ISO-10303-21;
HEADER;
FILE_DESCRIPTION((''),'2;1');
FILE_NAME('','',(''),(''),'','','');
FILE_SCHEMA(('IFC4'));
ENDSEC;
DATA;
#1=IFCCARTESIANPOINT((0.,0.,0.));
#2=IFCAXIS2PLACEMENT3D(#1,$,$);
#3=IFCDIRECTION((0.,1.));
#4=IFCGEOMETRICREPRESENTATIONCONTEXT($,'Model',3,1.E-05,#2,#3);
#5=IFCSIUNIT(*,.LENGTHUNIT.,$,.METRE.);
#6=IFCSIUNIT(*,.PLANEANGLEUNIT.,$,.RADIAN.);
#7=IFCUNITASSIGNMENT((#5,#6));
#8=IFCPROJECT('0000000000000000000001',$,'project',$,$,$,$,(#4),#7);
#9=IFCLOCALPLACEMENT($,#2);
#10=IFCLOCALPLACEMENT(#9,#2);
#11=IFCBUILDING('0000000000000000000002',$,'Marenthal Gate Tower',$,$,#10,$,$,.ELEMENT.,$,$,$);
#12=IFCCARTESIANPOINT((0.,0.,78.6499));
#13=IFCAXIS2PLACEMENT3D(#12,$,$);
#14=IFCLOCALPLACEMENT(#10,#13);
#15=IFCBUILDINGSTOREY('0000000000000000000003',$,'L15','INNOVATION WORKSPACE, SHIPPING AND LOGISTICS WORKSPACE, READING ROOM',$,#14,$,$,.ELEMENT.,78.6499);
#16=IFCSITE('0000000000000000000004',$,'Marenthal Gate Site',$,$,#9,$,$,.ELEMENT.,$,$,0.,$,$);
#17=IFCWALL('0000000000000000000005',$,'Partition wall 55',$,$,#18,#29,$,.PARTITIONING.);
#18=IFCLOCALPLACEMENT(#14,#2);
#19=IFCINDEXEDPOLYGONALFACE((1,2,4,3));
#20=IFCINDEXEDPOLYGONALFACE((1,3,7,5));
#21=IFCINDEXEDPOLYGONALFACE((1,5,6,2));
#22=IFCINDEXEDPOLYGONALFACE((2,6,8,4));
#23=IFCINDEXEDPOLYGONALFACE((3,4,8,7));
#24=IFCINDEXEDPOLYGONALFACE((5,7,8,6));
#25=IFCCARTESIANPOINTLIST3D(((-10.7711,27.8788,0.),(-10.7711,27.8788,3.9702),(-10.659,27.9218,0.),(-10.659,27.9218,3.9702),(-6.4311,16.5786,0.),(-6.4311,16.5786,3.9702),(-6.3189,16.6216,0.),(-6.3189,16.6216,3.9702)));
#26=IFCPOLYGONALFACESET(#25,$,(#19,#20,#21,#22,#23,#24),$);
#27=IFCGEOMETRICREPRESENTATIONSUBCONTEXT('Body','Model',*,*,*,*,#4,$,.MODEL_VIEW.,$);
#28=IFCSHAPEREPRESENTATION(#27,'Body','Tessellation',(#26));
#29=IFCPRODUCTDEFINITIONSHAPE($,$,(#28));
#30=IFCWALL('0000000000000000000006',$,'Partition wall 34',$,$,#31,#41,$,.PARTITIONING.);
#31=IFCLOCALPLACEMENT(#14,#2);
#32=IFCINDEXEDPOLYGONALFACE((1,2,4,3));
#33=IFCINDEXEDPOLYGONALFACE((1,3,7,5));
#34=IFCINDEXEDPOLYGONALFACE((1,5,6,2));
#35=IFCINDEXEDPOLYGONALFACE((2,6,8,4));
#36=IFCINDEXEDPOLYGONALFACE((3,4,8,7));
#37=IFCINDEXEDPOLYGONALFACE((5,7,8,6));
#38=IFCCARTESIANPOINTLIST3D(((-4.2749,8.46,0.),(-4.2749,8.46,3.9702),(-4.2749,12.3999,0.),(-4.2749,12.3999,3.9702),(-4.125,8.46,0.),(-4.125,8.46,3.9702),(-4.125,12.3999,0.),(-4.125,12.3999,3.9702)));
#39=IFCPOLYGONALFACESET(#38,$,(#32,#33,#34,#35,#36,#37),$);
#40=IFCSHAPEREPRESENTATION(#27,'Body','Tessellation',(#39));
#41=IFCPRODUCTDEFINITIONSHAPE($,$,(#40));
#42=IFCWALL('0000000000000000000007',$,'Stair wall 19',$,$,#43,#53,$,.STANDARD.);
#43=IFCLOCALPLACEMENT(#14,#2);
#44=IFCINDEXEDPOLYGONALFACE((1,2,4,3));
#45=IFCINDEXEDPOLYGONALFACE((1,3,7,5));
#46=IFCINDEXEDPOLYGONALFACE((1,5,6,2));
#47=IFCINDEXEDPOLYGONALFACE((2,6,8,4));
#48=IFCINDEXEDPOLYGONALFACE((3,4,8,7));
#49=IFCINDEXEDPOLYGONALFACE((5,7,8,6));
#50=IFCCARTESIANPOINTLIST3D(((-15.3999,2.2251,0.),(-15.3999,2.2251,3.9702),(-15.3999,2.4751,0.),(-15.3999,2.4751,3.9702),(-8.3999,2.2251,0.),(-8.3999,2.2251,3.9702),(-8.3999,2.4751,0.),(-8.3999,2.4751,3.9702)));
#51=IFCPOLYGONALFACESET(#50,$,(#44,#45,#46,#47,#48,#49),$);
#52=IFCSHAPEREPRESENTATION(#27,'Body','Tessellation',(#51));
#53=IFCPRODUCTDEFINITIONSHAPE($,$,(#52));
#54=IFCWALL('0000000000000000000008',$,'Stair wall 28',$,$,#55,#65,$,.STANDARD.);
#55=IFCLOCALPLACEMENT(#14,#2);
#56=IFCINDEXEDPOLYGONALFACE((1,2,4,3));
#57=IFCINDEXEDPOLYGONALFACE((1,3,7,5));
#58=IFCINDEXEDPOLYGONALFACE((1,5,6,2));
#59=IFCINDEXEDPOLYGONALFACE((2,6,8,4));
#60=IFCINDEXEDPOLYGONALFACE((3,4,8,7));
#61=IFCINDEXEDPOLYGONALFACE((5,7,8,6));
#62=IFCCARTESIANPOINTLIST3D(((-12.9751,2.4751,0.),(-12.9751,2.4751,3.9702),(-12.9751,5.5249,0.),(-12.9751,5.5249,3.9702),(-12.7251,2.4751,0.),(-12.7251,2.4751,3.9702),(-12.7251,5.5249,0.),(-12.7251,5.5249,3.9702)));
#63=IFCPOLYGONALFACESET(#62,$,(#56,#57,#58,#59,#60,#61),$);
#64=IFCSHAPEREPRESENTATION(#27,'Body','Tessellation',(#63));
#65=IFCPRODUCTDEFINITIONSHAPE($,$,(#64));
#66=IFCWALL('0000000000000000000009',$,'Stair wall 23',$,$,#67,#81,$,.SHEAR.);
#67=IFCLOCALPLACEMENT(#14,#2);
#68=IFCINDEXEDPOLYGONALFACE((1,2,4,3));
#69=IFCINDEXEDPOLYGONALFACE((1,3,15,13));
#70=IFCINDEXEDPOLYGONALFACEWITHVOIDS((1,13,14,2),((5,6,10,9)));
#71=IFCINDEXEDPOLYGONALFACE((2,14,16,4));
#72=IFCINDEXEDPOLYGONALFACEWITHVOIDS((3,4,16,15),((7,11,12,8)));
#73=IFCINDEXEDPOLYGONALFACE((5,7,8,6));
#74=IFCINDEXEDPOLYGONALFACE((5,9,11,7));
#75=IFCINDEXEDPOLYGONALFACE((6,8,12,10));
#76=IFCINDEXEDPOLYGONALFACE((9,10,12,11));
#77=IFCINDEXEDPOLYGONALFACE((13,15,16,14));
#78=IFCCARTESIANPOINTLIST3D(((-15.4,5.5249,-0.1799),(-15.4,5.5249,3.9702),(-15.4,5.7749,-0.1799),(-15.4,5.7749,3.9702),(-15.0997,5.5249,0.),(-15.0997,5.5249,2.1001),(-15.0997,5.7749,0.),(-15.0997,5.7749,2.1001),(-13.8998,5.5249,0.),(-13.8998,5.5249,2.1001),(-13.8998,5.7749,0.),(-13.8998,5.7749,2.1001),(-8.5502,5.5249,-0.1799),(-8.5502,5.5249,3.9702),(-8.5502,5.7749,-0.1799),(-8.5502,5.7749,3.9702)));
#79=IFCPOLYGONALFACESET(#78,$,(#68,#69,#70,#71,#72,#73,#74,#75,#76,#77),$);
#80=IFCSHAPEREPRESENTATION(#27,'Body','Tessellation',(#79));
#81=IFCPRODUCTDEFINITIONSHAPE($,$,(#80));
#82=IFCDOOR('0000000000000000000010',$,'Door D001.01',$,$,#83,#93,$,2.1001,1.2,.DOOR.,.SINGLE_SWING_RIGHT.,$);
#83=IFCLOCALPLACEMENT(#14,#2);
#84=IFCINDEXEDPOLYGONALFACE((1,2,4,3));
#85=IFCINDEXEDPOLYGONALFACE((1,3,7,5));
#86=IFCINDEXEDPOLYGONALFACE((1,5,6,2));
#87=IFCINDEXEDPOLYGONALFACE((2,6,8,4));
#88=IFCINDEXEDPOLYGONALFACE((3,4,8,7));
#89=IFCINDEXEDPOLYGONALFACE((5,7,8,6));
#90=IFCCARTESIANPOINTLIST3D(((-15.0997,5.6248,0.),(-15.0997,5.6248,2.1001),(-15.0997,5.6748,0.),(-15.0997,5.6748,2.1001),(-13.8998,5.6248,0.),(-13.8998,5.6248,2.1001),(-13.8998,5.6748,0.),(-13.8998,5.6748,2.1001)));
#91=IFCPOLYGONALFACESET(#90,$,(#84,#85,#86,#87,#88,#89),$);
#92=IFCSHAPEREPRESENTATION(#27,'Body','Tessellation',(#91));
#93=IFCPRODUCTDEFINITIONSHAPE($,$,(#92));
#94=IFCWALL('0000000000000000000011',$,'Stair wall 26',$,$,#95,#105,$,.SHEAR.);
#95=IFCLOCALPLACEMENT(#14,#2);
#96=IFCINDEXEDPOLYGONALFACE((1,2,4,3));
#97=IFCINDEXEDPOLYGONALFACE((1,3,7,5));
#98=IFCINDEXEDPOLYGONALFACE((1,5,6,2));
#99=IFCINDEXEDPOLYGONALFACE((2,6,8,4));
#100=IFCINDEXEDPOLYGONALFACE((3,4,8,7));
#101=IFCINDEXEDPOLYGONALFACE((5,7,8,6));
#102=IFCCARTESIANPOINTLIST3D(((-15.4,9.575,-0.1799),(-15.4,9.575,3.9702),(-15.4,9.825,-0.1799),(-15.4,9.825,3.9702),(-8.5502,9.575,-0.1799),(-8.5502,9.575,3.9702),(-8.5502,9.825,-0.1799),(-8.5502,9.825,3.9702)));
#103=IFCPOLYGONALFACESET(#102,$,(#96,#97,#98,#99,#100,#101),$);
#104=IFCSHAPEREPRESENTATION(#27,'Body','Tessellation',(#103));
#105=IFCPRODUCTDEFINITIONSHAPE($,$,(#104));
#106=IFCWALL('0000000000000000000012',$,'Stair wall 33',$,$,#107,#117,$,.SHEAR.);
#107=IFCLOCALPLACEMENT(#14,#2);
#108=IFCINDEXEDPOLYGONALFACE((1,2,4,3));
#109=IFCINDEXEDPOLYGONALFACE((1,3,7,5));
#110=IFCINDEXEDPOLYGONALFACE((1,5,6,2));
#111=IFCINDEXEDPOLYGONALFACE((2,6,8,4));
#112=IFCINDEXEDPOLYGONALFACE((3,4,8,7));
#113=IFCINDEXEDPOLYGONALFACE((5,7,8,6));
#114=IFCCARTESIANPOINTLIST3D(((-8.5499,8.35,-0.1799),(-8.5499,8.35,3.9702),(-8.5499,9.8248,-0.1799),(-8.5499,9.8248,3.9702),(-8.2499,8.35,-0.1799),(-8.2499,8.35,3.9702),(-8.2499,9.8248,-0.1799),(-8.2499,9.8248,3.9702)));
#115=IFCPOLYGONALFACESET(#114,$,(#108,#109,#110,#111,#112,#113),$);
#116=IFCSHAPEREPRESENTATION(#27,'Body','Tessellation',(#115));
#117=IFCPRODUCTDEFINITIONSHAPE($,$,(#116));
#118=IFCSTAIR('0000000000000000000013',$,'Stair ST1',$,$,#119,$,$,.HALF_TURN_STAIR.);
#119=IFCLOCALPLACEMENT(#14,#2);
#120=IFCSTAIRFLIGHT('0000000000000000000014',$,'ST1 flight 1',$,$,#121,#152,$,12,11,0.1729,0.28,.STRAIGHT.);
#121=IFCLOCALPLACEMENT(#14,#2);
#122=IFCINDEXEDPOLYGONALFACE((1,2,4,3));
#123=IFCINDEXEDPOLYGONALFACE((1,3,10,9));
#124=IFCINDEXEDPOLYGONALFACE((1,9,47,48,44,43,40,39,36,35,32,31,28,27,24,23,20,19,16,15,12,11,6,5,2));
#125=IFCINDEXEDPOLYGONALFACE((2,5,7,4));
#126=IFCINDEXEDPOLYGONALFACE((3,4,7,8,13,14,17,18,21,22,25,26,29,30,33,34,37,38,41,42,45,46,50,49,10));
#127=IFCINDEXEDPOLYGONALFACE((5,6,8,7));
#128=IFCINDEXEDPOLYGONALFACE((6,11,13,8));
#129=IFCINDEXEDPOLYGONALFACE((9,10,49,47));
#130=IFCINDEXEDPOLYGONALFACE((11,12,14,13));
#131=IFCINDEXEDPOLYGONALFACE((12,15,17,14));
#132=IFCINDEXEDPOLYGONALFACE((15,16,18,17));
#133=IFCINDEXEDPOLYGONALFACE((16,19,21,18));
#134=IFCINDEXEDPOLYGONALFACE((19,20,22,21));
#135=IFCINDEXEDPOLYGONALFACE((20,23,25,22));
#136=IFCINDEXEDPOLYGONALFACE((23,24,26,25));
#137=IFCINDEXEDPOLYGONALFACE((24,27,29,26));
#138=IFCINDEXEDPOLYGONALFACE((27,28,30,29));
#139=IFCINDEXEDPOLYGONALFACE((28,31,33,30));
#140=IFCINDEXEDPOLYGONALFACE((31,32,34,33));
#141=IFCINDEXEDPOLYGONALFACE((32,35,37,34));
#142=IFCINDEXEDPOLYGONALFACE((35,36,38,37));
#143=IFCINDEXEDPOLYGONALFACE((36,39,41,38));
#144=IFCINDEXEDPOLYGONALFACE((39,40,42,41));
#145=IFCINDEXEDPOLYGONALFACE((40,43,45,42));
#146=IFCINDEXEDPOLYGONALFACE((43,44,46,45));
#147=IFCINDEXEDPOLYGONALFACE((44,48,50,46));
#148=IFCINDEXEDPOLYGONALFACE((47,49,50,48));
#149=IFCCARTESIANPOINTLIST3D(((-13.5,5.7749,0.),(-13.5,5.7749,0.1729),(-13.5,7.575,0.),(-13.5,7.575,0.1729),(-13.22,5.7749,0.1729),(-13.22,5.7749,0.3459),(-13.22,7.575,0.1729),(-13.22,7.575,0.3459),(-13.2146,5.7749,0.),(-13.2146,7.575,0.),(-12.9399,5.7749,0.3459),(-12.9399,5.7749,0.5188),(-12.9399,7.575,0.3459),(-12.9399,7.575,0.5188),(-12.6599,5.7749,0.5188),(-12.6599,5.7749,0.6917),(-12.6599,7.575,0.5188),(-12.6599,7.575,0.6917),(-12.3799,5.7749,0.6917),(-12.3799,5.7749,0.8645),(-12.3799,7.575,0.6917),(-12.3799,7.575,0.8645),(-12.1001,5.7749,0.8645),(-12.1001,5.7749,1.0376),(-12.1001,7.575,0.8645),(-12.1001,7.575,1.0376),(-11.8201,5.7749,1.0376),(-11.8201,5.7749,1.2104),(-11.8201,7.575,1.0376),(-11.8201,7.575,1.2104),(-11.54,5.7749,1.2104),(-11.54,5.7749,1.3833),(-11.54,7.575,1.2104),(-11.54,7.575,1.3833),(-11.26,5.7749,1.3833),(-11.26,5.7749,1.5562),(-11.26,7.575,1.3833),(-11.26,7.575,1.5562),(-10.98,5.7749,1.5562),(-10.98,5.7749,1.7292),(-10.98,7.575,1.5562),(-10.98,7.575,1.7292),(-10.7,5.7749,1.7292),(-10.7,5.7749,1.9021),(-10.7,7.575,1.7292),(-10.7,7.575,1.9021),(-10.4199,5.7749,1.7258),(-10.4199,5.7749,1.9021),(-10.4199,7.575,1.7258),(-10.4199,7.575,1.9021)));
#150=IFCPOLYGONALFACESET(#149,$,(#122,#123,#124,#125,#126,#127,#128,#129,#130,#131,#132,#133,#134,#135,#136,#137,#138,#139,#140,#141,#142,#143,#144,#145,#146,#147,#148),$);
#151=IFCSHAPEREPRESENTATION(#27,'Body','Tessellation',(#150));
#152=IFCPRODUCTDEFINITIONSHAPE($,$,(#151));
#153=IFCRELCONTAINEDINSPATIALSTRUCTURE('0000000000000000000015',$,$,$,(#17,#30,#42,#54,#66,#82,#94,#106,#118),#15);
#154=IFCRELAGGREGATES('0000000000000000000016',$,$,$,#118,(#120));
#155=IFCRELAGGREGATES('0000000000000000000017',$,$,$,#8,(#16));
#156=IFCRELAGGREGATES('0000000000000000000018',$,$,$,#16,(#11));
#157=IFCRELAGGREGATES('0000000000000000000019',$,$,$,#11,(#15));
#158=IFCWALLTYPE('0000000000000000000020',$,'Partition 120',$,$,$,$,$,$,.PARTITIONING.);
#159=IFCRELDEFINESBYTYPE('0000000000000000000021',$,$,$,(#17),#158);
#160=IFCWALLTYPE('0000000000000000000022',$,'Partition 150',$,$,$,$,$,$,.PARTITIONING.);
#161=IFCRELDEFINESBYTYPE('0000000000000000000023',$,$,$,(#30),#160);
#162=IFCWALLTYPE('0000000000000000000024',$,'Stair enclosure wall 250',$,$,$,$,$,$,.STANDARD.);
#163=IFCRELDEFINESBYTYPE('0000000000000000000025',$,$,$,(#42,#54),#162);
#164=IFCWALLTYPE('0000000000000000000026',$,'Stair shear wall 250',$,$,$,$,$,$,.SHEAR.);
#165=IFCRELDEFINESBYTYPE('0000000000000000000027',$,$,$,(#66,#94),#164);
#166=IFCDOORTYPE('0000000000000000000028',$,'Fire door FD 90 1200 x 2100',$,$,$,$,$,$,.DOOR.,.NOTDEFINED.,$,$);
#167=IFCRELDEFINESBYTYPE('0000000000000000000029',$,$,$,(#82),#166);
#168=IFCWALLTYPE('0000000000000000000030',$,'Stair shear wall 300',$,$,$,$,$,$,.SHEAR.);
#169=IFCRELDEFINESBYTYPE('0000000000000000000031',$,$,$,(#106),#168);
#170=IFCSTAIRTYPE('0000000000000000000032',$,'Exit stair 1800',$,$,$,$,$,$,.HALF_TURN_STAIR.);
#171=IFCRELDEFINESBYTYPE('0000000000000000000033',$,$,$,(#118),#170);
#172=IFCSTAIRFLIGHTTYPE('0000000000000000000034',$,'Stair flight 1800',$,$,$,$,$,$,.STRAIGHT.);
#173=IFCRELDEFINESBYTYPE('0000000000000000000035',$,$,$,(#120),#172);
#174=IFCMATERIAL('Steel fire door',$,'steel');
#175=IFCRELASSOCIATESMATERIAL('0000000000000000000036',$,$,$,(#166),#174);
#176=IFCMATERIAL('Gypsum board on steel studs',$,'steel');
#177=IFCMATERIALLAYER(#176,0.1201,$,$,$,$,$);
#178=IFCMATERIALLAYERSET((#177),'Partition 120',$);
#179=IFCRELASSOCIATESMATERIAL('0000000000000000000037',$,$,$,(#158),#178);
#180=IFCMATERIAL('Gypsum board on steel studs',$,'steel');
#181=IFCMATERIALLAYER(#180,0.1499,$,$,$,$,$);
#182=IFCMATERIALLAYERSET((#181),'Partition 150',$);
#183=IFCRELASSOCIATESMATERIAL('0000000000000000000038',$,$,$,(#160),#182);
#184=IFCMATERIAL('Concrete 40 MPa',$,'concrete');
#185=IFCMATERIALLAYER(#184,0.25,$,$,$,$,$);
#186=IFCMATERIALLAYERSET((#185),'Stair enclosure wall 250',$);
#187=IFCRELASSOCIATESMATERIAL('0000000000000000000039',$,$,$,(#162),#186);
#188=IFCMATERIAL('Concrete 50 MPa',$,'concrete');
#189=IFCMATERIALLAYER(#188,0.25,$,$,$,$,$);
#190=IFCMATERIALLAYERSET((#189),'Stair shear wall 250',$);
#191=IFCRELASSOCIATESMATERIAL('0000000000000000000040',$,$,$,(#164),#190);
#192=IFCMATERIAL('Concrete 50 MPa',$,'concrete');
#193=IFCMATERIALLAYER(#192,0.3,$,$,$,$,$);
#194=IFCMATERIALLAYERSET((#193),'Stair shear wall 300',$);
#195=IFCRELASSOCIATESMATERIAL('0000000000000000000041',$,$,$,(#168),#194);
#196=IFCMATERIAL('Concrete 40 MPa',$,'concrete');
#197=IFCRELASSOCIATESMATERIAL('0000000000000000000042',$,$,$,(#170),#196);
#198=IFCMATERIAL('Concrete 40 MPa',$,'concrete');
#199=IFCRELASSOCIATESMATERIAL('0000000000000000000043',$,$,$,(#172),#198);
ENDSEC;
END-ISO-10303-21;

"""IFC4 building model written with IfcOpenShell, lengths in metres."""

from ifc_helpers import new_model, si_unit, direction, frame, frame_2d, origin, place, context, subcontext, project, spatial, polyline, rectangle, outline, extrude, material, layer, layer_set, type_object, element, fill, aggregate, save


model = new_model("IFC4")

# Units and contexts
model_context = context("Model", 3, precision=1e-05, world=origin(), true_north=direction((0.0, 1.0)))
body_context = subcontext(model_context, "Body", "Model", "MODEL_VIEW")
ifc_project = project(units=[si_unit("LENGTHUNIT", "METRE"), si_unit("PLANEANGLEUNIT", "RADIAN")], contexts=[model_context])

# Site, building, storey
site_placement = place(None, origin())
site = spatial("IfcSite", under=ifc_project, at=site_placement, Name="Marenthal Gate Site", CompositionType="ELEMENT", RefElevation=0.0)
building_placement = place(site_placement, origin())
building = spatial("IfcBuilding", under=site, at=building_placement, Name="Marenthal Gate Tower", CompositionType="ELEMENT")
storey_placement = place(building_placement, frame((0.0, 0.0, 78.6499)))
storey = spatial("IfcBuildingStorey", under=building, at=storey_placement, Name="L15", Description="INNOVATION WORKSPACE, SHIPPING AND LOGISTICS WORKSPACE, READING ROOM", CompositionType="ELEMENT", Elevation=78.6499)

# Shared definitions
ifc_material_1 = material(Name="Steel fire door", Category="steel")
door_type_1 = type_object("IfcDoorType", Name="Fire door FD 90 1200 x 2100", OperationType="NOTDEFINED", PredefinedType="DOOR", material=ifc_material_1)

# Walls
ifc_material_2 = material(Name="Gypsum board on steel studs", Category="steel")
ifc_layer_1 = layer(ifc_material_2, 0.1201)
ifc_layer_set_1 = layer_set([ifc_layer_1], Name="Partition 120")
wall_type_1 = type_object("IfcWallType", Name="Partition 120", PredefinedType="PARTITIONING", material=ifc_layer_set_1)
wall_1_placement = place(storey_placement, frame((-6.375, 16.6001, 0.0), z_axis=(0.0, 0.0, 1.0), x_axis=(-0.358534, 0.933517, 0.0)))
element("IfcWall", 1, at=wall_1_placement, inside=storey, type_object=wall_type_1, Name="Partition wall 55", PredefinedType="PARTITIONING", context=body_context, shape_type="SweptSolid", body=[
    extrude(rectangle(XDim=12.105, YDim=0.1201, at=frame_2d((6.0525, 0.0))), origin(), (0.0, 0.0, 1.0), 3.9702),
])
ifc_material_3 = material(Name="Gypsum board on steel studs", Category="steel")
ifc_layer_2 = layer(ifc_material_3, 0.1499)
ifc_layer_set_2 = layer_set([ifc_layer_2], Name="Partition 150")
wall_type_2 = type_object("IfcWallType", Name="Partition 150", PredefinedType="PARTITIONING", material=ifc_layer_set_2)
wall_2_placement = place(storey_placement, frame((-4.2, 8.46, 0.0), z_axis=(0.0, 0.0, 1.0), x_axis=(0.0, 1.0, 0.0)))
element("IfcWall", 2, at=wall_2_placement, inside=storey, type_object=wall_type_2, Name="Partition wall 34", PredefinedType="PARTITIONING", context=body_context, shape_type="SweptSolid", body=[
    extrude(rectangle(XDim=3.9399, YDim=0.1499, at=frame_2d((1.97, 0.0))), origin(), (0.0, 0.0, 1.0), 3.9702),
])
ifc_material_4 = material(Name="Concrete 40 MPa", Category="concrete")
ifc_layer_3 = layer(ifc_material_4, 0.25)
ifc_layer_set_3 = layer_set([ifc_layer_3], Name="Stair enclosure wall 250")
wall_type_3 = type_object("IfcWallType", Name="Stair enclosure wall 250", PredefinedType="STANDARD", material=ifc_layer_set_3)
wall_3_placement = place(storey_placement, frame((-15.3999, 2.3501, 0.0), z_axis=(0.0, 0.0, 1.0), x_axis=(1.0, 0.0, 0.0)))
element("IfcWall", 3, at=wall_3_placement, inside=storey, type_object=wall_type_3, Name="Stair wall 19", PredefinedType="STANDARD", context=body_context, shape_type="SweptSolid", body=[
    extrude(rectangle(XDim=7.0, YDim=0.25, at=frame_2d((3.5, 0.0))), origin(), (0.0, 0.0, 1.0), 3.9702),
])
wall_4_placement = place(storey_placement, frame((-12.8501, 2.4751, 0.0), z_axis=(0.0, 0.0, 1.0), x_axis=(0.0, 1.0, 0.0)))
element("IfcWall", 4, at=wall_4_placement, inside=storey, type_object=wall_type_3, Name="Stair wall 28", PredefinedType="STANDARD", context=body_context, shape_type="SweptSolid", body=[
    extrude(rectangle(XDim=3.0498, YDim=0.25, at=frame_2d((1.5249, 0.0))), origin(), (0.0, 0.0, 1.0), 3.9702),
])

# Wall, opening, door
ifc_material_5 = material(Name="Concrete 50 MPa", Category="concrete")
ifc_layer_4 = layer(ifc_material_5, 0.25)
ifc_layer_set_4 = layer_set([ifc_layer_4], Name="Stair shear wall 250")
wall_type_4 = type_object("IfcWallType", Name="Stair shear wall 250", PredefinedType="SHEAR", material=ifc_layer_set_4)
wall_5_placement = place(storey_placement, frame((-15.3999, 5.6499, -0.1799), z_axis=(0.0, 0.0, 1.0), x_axis=(1.0, 0.0, 0.0)))
wall_5 = element("IfcWall", 5, at=wall_5_placement, inside=storey, type_object=wall_type_4, Name="Stair wall 23", PredefinedType="SHEAR", context=body_context, shape_type="SweptSolid", body=[
    extrude(rectangle(XDim=6.8499, YDim=0.25, at=frame_2d((3.4248, 0.0))), origin(), (0.0, 0.0, 1.0), 4.1501),
])
opening_1_placement = place(wall_5_placement, frame((0.3, 0.0, 0.1799)))
opening_1 = element("IfcOpeningElement", 6, at=opening_1_placement, cuts=wall_5, PredefinedType="OPENING", context=body_context, shape_type="SweptSolid", body=[
    extrude(rectangle(XDim=1.2, YDim=2.1001, at=frame_2d((0.6001, 1.05))), frame((0.0, 0.135, 0.0), z_axis=(0.0, -1.0, 0.0), x_axis=(1.0, 0.0, 0.0)), (0.0, 0.0, 1.0), 0.27),
])
door_1_placement = place(opening_1_placement, origin())
door_1 = element("IfcDoor", 7, at=door_1_placement, inside=storey, type_object=door_type_1, Name="Door D001.01", OperationType="SINGLE_SWING_RIGHT", OverallHeight=2.1001, OverallWidth=1.2, PredefinedType="DOOR", context=body_context, shape_type="SweptSolid", body=[
    extrude(rectangle(XDim=1.2, YDim=2.1001, at=frame_2d((0.6001, 1.05))), frame((0.0, 0.0249, 0.0), z_axis=(0.0, -1.0, 0.0), x_axis=(1.0, 0.0, 0.0)), (0.0, 0.0, 1.0), 0.05),
])
fill(opening_1, door_1)

# Walls
wall_6_placement = place(storey_placement, frame((-15.3999, 9.7, -0.1799), z_axis=(0.0, 0.0, 1.0), x_axis=(1.0, 0.0, 0.0)))
element("IfcWall", 8, at=wall_6_placement, inside=storey, type_object=wall_type_4, Name="Stair wall 26", PredefinedType="SHEAR", context=body_context, shape_type="SweptSolid", body=[
    extrude(rectangle(XDim=6.8499, YDim=0.25, at=frame_2d((3.4248, 0.0))), origin(), (0.0, 0.0, 1.0), 4.1501),
])
ifc_material_6 = material(Name="Concrete 50 MPa", Category="concrete")
ifc_layer_5 = layer(ifc_material_6, 0.3)
ifc_layer_set_5 = layer_set([ifc_layer_5], Name="Stair shear wall 300")
wall_type_5 = type_object("IfcWallType", Name="Stair shear wall 300", PredefinedType="SHEAR", material=ifc_layer_set_5)
wall_7_placement = place(storey_placement, frame((-8.3999, 8.3501, -0.1799), z_axis=(0.0, 0.0, 1.0), x_axis=(0.0, 1.0, 0.0)))
element("IfcWall", 9, at=wall_7_placement, inside=storey, type_object=wall_type_5, Name="Stair wall 33", PredefinedType="SHEAR", context=body_context, shape_type="SweptSolid", body=[
    extrude(rectangle(XDim=1.4749, YDim=0.3, at=frame_2d((0.7373, 0.0))), origin(), (0.0, 0.0, 1.0), 4.1501),
])

# Stair, stair flight
ifc_material_7 = material(Name="Concrete 40 MPa", Category="concrete")
stair_type = type_object("IfcStairType", Name="Exit stair 1800", PredefinedType="HALF_TURN_STAIR", material=ifc_material_7)
stair_placement = place(storey_placement, origin())
stair = element("IfcStair", 10, at=stair_placement, inside=storey, type_object=stair_type, Name="Stair ST1", PredefinedType="HALF_TURN_STAIR")
ifc_material_8 = material(Name="Concrete 40 MPa", Category="concrete")
stair_flight_type = type_object("IfcStairFlightType", Name="Stair flight 1800", PredefinedType="STRAIGHT", material=ifc_material_8)
stair_flight_1_placement = place(storey_placement, frame((-13.5, 6.675, 0.0), z_axis=(0.0, 0.0, 1.0), x_axis=(1.0, 0.0, 0.0)))
stair_flight_1 = element("IfcStairFlight", 11, at=stair_flight_1_placement, type_object=stair_flight_type, Name="ST1 flight 1", NumberOfRisers=12, NumberOfTreads=11, PredefinedType="STRAIGHT", RiserHeight=0.1729, TreadLength=0.28, context=body_context, shape_type="SweptSolid", body=[
    extrude(outline(polyline([(0.0, 0.0), (0.0, 0.1729), (0.28, 0.1729), (0.28, 0.3459), (0.5601, 0.3459), (0.5601, 0.5188), (0.8401, 0.5188), (0.8401, 0.6917), (1.1201, 0.6917), (1.1201, 0.8645), (1.3999, 0.8645), (1.3999, 1.0376), (1.6799, 1.0376), (1.6799, 1.2104), (1.96, 1.2104), (1.96, 1.3833), (2.24, 1.3833), (2.24, 1.5562), (2.52, 1.5562), (2.52, 1.7292), (2.8, 1.7292), (2.8, 1.9021), (3.0801, 1.9021), (3.0801, 2.075), (3.0801, 1.7258), (0.2854, 0.0), (0.0, 0.0)])), frame((0.0, 0.8999, 0.0), z_axis=(0.0, -1.0, 0.0), x_axis=(1.0, 0.0, 0.0)), (0.0, 0.0, 1.0), 1.8),
])
aggregate(stair, [stair_flight_1])

save(model, "model.ifc")
